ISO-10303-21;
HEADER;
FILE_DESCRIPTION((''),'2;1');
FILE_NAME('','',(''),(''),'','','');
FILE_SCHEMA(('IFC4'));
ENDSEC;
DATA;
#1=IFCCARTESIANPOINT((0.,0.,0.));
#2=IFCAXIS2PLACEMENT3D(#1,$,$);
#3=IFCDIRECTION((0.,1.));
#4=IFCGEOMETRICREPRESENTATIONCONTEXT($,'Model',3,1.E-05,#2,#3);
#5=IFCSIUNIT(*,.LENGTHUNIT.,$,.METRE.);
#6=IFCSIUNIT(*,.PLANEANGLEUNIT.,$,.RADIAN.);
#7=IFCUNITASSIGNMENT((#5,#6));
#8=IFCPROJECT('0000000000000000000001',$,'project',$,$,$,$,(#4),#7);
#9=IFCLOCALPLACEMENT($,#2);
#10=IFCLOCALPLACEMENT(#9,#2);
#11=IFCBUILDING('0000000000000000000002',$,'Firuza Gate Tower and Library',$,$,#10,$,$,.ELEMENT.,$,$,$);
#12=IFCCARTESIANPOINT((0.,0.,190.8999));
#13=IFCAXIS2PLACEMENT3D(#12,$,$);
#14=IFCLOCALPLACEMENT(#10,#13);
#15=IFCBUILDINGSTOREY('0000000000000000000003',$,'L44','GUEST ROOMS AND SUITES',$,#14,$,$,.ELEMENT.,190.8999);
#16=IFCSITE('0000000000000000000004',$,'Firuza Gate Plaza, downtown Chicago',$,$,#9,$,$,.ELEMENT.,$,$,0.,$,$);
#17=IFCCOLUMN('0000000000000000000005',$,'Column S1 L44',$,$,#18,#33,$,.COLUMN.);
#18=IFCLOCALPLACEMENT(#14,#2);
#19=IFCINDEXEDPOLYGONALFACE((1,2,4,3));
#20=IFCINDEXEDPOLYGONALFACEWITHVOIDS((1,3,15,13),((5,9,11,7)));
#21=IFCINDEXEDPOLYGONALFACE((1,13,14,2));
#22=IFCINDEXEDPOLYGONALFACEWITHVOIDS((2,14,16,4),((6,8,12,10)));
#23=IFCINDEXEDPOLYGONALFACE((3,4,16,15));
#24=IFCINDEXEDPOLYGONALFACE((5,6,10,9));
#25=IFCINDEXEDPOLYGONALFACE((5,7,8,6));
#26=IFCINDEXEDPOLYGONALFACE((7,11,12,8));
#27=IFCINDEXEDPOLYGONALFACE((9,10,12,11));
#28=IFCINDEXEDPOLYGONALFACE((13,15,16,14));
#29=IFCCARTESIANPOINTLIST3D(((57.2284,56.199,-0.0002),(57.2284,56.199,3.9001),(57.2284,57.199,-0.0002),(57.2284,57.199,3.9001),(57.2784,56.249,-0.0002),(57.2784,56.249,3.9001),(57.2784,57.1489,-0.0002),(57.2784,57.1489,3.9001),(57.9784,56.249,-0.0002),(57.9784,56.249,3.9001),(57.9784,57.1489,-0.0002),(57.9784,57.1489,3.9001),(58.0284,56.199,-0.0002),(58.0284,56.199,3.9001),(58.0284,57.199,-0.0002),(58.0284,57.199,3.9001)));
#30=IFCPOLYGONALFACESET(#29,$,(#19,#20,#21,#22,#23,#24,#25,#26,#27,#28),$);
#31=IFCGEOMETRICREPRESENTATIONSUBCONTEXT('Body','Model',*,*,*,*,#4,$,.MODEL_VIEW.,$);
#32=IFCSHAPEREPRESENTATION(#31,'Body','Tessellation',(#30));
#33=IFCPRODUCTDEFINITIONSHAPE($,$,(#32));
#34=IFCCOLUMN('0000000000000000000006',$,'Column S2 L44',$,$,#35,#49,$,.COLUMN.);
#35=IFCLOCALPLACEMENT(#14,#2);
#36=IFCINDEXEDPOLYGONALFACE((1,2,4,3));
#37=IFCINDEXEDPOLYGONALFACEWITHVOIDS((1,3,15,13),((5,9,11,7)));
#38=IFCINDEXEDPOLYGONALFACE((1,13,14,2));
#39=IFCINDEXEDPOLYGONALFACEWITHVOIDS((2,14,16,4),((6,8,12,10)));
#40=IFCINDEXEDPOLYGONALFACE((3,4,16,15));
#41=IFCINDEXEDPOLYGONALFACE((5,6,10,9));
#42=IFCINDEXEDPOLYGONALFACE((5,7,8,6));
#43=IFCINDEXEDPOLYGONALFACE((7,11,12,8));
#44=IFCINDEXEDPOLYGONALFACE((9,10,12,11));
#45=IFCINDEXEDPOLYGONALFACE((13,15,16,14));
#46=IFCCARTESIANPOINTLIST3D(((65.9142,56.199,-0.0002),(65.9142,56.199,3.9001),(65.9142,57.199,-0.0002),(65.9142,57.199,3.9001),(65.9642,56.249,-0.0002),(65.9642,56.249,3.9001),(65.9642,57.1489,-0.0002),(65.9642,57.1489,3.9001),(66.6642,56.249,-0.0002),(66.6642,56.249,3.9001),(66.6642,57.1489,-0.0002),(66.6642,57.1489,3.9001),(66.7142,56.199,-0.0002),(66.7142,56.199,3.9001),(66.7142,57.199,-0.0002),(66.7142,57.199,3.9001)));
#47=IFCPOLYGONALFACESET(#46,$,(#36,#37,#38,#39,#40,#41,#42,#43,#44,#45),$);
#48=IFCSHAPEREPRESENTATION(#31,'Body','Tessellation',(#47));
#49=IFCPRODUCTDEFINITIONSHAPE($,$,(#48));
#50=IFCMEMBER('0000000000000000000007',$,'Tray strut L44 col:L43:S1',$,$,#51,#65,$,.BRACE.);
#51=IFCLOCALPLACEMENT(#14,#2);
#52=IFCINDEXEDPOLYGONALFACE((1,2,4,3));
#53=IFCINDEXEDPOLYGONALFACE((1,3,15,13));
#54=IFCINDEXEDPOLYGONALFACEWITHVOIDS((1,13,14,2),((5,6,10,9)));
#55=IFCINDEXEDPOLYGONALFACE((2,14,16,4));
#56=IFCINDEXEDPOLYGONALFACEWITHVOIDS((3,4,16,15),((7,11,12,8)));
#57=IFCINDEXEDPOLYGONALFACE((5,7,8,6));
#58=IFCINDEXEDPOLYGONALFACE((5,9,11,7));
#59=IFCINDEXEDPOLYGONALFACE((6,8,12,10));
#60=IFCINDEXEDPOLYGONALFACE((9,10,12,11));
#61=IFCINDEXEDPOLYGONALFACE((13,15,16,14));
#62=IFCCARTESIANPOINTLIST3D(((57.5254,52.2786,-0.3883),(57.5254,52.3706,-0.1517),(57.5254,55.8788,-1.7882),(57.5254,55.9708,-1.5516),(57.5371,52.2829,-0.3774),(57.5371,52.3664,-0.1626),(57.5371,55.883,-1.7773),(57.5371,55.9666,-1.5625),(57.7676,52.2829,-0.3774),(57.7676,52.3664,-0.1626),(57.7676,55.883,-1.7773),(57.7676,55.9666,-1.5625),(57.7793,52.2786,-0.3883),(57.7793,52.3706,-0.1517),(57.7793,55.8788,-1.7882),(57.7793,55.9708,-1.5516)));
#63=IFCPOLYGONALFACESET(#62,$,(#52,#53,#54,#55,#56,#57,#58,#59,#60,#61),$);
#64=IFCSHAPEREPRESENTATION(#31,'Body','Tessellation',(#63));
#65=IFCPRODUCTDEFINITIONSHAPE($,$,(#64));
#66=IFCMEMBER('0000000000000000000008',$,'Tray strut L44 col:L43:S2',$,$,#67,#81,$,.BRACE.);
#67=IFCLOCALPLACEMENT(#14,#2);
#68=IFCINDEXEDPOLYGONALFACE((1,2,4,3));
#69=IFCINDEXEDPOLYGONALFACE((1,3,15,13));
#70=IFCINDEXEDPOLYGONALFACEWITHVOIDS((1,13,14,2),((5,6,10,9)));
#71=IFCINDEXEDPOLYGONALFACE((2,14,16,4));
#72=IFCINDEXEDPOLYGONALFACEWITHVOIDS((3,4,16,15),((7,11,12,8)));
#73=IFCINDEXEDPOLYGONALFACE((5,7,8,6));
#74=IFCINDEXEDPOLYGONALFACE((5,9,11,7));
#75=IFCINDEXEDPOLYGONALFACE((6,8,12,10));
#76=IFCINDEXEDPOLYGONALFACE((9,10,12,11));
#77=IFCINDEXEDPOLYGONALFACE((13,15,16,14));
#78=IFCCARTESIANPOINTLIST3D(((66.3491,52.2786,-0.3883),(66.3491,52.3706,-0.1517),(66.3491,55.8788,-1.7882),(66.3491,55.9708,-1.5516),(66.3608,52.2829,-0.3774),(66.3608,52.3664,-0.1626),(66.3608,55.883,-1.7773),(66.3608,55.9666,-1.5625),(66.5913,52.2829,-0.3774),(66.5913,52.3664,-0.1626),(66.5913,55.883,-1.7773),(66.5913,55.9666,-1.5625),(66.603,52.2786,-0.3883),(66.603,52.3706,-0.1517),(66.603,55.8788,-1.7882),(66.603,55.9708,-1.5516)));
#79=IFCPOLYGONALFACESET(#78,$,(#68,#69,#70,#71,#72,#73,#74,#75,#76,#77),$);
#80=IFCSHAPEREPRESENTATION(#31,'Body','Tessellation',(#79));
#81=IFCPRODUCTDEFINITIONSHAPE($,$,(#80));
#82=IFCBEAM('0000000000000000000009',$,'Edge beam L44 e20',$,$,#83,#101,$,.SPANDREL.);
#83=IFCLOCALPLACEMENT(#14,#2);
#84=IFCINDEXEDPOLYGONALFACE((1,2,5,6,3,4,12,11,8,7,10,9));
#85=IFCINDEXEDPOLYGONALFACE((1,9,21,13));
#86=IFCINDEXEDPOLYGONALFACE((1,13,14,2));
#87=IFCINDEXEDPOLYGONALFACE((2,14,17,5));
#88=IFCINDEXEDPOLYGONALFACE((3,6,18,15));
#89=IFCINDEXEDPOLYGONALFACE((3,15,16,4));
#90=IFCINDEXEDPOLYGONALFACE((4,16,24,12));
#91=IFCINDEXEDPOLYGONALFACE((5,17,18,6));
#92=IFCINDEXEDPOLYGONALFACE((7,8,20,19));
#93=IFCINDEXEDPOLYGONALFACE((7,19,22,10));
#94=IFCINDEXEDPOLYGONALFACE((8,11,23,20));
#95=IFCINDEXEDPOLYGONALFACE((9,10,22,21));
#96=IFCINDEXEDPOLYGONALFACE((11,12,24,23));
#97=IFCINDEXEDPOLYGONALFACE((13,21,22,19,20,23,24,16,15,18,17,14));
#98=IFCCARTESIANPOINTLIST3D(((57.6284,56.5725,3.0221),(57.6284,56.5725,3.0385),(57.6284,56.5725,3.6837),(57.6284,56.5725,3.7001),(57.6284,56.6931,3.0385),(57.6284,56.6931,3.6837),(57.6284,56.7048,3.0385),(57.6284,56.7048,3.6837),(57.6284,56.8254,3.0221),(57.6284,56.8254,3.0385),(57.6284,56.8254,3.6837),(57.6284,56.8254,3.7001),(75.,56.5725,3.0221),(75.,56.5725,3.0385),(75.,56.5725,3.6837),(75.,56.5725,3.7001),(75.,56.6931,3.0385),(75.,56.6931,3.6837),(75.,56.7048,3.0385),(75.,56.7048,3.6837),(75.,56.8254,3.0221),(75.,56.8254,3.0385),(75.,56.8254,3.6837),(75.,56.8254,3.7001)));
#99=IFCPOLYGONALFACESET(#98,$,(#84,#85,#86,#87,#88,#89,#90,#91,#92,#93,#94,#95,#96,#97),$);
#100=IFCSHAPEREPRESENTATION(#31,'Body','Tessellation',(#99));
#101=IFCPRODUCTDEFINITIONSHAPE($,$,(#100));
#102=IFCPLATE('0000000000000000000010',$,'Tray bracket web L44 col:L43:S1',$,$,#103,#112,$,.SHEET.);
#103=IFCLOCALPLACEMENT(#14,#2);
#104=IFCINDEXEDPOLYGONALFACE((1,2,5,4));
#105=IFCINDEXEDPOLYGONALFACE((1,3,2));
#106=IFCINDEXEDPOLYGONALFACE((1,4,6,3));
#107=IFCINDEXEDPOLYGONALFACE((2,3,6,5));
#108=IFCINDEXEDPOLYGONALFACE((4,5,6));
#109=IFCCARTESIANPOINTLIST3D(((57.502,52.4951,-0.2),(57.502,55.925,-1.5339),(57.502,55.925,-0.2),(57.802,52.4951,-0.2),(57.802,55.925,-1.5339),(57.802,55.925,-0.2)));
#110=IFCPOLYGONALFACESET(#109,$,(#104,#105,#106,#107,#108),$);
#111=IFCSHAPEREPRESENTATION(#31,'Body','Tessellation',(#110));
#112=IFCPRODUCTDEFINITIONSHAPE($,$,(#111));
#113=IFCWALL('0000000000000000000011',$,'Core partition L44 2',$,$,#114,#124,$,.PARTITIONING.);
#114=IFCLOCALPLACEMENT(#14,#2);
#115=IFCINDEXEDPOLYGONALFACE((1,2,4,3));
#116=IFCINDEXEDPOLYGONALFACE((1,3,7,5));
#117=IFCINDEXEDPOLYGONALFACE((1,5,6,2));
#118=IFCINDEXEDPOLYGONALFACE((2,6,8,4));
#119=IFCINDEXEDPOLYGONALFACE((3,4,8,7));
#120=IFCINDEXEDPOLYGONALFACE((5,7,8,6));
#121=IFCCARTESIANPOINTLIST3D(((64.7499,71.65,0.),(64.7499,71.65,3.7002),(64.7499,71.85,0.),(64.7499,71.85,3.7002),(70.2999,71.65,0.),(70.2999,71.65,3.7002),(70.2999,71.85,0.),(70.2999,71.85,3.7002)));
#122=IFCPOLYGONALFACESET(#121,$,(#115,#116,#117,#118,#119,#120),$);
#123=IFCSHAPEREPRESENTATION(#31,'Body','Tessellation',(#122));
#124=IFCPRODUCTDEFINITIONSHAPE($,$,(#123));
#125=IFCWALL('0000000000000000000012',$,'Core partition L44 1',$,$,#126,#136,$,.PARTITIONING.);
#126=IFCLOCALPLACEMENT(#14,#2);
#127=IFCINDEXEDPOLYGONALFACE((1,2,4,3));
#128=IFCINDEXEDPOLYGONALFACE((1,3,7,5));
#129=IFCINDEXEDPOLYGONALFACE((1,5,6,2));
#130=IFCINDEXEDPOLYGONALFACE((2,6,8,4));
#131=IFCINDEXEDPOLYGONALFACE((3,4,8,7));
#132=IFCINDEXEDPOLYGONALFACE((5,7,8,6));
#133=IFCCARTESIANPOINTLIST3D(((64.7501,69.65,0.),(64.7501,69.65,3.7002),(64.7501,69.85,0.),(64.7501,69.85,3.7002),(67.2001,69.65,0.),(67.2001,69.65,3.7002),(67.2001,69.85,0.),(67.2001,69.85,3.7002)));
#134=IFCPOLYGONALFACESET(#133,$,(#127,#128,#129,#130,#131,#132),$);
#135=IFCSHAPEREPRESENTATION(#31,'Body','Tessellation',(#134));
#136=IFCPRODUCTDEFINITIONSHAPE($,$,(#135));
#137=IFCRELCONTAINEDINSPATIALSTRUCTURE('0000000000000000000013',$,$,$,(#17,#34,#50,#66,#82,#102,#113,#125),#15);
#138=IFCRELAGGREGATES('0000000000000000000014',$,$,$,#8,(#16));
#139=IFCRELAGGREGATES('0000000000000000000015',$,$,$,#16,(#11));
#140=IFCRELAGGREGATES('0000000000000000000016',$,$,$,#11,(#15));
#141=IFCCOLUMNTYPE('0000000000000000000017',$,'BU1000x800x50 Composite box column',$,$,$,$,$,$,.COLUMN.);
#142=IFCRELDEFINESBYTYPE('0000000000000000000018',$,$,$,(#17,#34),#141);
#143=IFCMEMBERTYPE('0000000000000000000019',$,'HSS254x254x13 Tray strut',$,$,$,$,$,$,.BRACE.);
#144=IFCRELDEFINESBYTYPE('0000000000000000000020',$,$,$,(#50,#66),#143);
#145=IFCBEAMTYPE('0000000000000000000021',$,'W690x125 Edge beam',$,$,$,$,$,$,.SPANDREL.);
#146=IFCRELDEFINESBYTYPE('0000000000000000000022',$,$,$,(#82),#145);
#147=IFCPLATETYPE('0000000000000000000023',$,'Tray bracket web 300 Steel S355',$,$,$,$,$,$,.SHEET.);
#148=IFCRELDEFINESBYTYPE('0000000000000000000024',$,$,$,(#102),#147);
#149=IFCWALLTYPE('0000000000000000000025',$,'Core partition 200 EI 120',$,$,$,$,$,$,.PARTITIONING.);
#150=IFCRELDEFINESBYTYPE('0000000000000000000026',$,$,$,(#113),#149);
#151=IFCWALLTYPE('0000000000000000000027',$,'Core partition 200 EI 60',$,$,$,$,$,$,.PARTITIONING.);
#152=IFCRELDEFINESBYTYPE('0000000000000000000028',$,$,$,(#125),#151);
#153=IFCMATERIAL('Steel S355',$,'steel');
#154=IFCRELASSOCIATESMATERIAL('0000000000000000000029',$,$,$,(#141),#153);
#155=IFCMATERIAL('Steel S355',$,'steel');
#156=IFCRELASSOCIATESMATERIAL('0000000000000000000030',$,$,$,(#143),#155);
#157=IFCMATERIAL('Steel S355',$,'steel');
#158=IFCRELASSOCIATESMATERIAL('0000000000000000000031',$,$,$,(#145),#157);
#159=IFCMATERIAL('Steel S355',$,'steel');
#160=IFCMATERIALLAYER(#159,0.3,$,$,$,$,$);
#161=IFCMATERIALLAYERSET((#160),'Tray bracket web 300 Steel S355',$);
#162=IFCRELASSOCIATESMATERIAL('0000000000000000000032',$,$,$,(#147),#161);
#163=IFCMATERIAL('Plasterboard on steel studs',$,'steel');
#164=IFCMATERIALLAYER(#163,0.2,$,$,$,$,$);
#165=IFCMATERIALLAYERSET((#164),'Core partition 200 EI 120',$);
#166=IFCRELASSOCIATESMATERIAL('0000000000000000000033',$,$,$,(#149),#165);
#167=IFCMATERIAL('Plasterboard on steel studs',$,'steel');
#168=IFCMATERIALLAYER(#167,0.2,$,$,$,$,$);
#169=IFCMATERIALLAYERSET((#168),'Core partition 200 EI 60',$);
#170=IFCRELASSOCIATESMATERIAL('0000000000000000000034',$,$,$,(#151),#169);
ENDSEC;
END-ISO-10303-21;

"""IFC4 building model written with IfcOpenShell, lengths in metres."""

from ifc_helpers import new_model, si_unit, direction, frame, frame_2d, origin, origin_2d, place, context, subcontext, project, spatial, polyline, rectangle, hollow_rectangle, i_section, outline, extrude, material, layer, layer_set, material_profile, profile_set, type_object, element, save


model = new_model("IFC4")

# Units and contexts
model_context = context("Model", 3, precision=1e-05, world=origin(), true_north=direction((0.0, 1.0)))
body_context = subcontext(model_context, "Body", "Model", "MODEL_VIEW")
ifc_project = project(units=[si_unit("LENGTHUNIT", "METRE"), si_unit("PLANEANGLEUNIT", "RADIAN")], contexts=[model_context])

# Site, building, storey
site_placement = place(None, origin())
site = spatial("IfcSite", under=ifc_project, at=site_placement, Name="Firuza Gate Plaza, downtown Chicago", CompositionType="ELEMENT", RefElevation=0.0)
building_placement = place(site_placement, origin())
building = spatial("IfcBuilding", under=site, at=building_placement, Name="Firuza Gate Tower and Library", CompositionType="ELEMENT")
storey_placement = place(building_placement, frame((0.0, 0.0, 190.8999)))
storey = spatial("IfcBuildingStorey", under=building, at=storey_placement, Name="L44", Description="GUEST ROOMS AND SUITES", CompositionType="ELEMENT", Elevation=190.8999)

# Columns
ifc_material_1 = material(Name="Steel S355", Category="steel")
ifc_material_profile_1 = material_profile(ifc_material_1, hollow_rectangle(XDim=0.8, YDim=1.0, WallThickness=0.05, at=origin_2d()))
ifc_profile_set_1 = profile_set([ifc_material_profile_1], Name="Steel S355")
column_type = type_object("IfcColumnType", Name="BU1000x800x50 Composite box column", PredefinedType="COLUMN", material=ifc_profile_set_1)
for number, where, z_axis, x_axis, name in (
    (1, (57.6284, 56.699, -0.0002), (0.0, 0.0, 1.0), (1.0, 0.0, 0.0), "Column S1 L44"),
    (2, (66.3142, 56.699, -0.0002), (0.0, 0.0, 1.0), (1.0, 0.0, 0.0), "Column S2 L44"),
):
    element("IfcColumn", number, at=place(storey_placement, frame(where, z_axis=z_axis, x_axis=x_axis)), inside=storey, type_object=column_type, Name=name, PredefinedType="COLUMN", context=body_context, shape_type="SweptSolid", body=[
        extrude(hollow_rectangle(XDim=0.8, YDim=1.0, WallThickness=0.05, at=origin_2d()), origin(), (0.0, 0.0, 1.0), 3.9004),
    ])

# Members
ifc_material_2 = material(Name="Steel S355", Category="steel")
ifc_material_profile_2 = material_profile(ifc_material_2, hollow_rectangle(XDim=0.2539, YDim=0.2539, WallThickness=0.0117, at=origin_2d()))
ifc_profile_set_2 = profile_set([ifc_material_profile_2], Name="Steel S355")
member_type = type_object("IfcMemberType", Name="HSS254x254x13 Tray strut", PredefinedType="BRACE", material=ifc_profile_set_2)
for number, where, z_axis, x_axis, name in (
    (3, (57.6523, 55.9248, -1.6699), (0.0, -0.932017, 0.362416), (1.0, 0.0, 0.0), "Tray strut L44 col:L43:S1"),
    (4, (66.4761, 55.9248, -1.6699), (0.0, -0.932017, 0.362416), (1.0, 0.0, 0.0), "Tray strut L44 col:L43:S2"),
):
    element("IfcMember", number, at=place(storey_placement, frame(where, z_axis=z_axis, x_axis=x_axis)), inside=storey, type_object=member_type, Name=name, PredefinedType="BRACE", context=body_context, shape_type="SweptSolid", body=[
        extrude(hollow_rectangle(XDim=0.2539, YDim=0.2539, WallThickness=0.0117, at=origin_2d()), origin(), (0.0, 0.0, 1.0), 3.8628),
    ])

# Beam
ifc_material_3 = material(Name="Steel S355", Category="steel")
ifc_material_profile_3 = material_profile(ifc_material_3, i_section(OverallWidth=0.2529, OverallDepth=0.678, WebThickness=0.0117, FlangeThickness=0.0164, at=origin_2d()))
ifc_profile_set_3 = profile_set([ifc_material_profile_3], Name="Steel S355")
beam_type = type_object("IfcBeamType", Name="W690x125 Edge beam", PredefinedType="SPANDREL", material=ifc_profile_set_3)
beam_placement = place(storey_placement, frame((57.6284, 56.699, 3.3611), z_axis=(1.0, 0.0, 0.0), x_axis=(0.0, 1.0, 0.0)))
element("IfcBeam", 5, at=beam_placement, inside=storey, type_object=beam_type, Name="Edge beam L44 e20", PredefinedType="SPANDREL", context=body_context, shape_type="SweptSolid", body=[
    extrude(i_section(OverallWidth=0.2529, OverallDepth=0.678, WebThickness=0.0117, FlangeThickness=0.0164, at=origin_2d()), origin(), (0.0, 0.0, 1.0), 17.3716),
])

# Plate
ifc_material_4 = material(Name="Steel S355", Category="steel")
ifc_layer_1 = layer(ifc_material_4, 0.3)
ifc_layer_set_1 = layer_set([ifc_layer_1], Name="Tray bracket web 300 Steel S355")
plate_type = type_object("IfcPlateType", Name="Tray bracket web 300 Steel S355", PredefinedType="SHEET", material=ifc_layer_set_1)
plate_placement = place(storey_placement, frame((57.802, 55.925, -0.2), z_axis=(1.0, 0.0, 0.0), x_axis=(0.0, -1.0, 0.0)))
element("IfcPlate", 6, at=plate_placement, inside=storey, type_object=plate_type, Name="Tray bracket web L44 col:L43:S1", PredefinedType="SHEET", context=body_context, shape_type="SweptSolid", body=[
    extrude(outline(polyline([(0.0, 0.0), (3.4299, 0.0), (0.0, 1.334), (0.0, 0.0)])), origin(), (0.0, 0.0, -1.0), 0.3),
])

# Walls
ifc_material_5 = material(Name="Plasterboard on steel studs", Category="steel")
ifc_layer_2 = layer(ifc_material_5, 0.2)
ifc_layer_set_2 = layer_set([ifc_layer_2], Name="Core partition 200 EI 120")
wall_type_1 = type_object("IfcWallType", Name="Core partition 200 EI 120", PredefinedType="PARTITIONING", material=ifc_layer_set_2)
wall_1_placement = place(storey_placement, frame((64.75, 71.75, 0.0), z_axis=(0.0, 0.0, 1.0), x_axis=(1.0, 0.0, 0.0)))
element("IfcWall", 7, at=wall_1_placement, inside=storey, type_object=wall_type_1, Name="Core partition L44 2", PredefinedType="PARTITIONING", context=body_context, shape_type="SweptSolid", body=[
    extrude(rectangle(XDim=5.55, YDim=0.2, at=frame_2d((2.7749, 0.0))), origin(), (0.0, 0.0, 1.0), 3.7002),
])
ifc_material_6 = material(Name="Plasterboard on steel studs", Category="steel")
ifc_layer_3 = layer(ifc_material_6, 0.2)
ifc_layer_set_3 = layer_set([ifc_layer_3], Name="Core partition 200 EI 60")
wall_type_2 = type_object("IfcWallType", Name="Core partition 200 EI 60", PredefinedType="PARTITIONING", material=ifc_layer_set_3)
wall_2_placement = place(storey_placement, frame((64.75, 69.75, 0.0), z_axis=(0.0, 0.0, 1.0), x_axis=(1.0, 0.0, 0.0)))
element("IfcWall", 8, at=wall_2_placement, inside=storey, type_object=wall_type_2, Name="Core partition L44 1", PredefinedType="PARTITIONING", context=body_context, shape_type="SweptSolid", body=[
    extrude(rectangle(XDim=2.45, YDim=0.2, at=frame_2d((1.2251, 0.0))), origin(), (0.0, 0.0, 1.0), 3.7002),
])

save(model, "model.ifc")
